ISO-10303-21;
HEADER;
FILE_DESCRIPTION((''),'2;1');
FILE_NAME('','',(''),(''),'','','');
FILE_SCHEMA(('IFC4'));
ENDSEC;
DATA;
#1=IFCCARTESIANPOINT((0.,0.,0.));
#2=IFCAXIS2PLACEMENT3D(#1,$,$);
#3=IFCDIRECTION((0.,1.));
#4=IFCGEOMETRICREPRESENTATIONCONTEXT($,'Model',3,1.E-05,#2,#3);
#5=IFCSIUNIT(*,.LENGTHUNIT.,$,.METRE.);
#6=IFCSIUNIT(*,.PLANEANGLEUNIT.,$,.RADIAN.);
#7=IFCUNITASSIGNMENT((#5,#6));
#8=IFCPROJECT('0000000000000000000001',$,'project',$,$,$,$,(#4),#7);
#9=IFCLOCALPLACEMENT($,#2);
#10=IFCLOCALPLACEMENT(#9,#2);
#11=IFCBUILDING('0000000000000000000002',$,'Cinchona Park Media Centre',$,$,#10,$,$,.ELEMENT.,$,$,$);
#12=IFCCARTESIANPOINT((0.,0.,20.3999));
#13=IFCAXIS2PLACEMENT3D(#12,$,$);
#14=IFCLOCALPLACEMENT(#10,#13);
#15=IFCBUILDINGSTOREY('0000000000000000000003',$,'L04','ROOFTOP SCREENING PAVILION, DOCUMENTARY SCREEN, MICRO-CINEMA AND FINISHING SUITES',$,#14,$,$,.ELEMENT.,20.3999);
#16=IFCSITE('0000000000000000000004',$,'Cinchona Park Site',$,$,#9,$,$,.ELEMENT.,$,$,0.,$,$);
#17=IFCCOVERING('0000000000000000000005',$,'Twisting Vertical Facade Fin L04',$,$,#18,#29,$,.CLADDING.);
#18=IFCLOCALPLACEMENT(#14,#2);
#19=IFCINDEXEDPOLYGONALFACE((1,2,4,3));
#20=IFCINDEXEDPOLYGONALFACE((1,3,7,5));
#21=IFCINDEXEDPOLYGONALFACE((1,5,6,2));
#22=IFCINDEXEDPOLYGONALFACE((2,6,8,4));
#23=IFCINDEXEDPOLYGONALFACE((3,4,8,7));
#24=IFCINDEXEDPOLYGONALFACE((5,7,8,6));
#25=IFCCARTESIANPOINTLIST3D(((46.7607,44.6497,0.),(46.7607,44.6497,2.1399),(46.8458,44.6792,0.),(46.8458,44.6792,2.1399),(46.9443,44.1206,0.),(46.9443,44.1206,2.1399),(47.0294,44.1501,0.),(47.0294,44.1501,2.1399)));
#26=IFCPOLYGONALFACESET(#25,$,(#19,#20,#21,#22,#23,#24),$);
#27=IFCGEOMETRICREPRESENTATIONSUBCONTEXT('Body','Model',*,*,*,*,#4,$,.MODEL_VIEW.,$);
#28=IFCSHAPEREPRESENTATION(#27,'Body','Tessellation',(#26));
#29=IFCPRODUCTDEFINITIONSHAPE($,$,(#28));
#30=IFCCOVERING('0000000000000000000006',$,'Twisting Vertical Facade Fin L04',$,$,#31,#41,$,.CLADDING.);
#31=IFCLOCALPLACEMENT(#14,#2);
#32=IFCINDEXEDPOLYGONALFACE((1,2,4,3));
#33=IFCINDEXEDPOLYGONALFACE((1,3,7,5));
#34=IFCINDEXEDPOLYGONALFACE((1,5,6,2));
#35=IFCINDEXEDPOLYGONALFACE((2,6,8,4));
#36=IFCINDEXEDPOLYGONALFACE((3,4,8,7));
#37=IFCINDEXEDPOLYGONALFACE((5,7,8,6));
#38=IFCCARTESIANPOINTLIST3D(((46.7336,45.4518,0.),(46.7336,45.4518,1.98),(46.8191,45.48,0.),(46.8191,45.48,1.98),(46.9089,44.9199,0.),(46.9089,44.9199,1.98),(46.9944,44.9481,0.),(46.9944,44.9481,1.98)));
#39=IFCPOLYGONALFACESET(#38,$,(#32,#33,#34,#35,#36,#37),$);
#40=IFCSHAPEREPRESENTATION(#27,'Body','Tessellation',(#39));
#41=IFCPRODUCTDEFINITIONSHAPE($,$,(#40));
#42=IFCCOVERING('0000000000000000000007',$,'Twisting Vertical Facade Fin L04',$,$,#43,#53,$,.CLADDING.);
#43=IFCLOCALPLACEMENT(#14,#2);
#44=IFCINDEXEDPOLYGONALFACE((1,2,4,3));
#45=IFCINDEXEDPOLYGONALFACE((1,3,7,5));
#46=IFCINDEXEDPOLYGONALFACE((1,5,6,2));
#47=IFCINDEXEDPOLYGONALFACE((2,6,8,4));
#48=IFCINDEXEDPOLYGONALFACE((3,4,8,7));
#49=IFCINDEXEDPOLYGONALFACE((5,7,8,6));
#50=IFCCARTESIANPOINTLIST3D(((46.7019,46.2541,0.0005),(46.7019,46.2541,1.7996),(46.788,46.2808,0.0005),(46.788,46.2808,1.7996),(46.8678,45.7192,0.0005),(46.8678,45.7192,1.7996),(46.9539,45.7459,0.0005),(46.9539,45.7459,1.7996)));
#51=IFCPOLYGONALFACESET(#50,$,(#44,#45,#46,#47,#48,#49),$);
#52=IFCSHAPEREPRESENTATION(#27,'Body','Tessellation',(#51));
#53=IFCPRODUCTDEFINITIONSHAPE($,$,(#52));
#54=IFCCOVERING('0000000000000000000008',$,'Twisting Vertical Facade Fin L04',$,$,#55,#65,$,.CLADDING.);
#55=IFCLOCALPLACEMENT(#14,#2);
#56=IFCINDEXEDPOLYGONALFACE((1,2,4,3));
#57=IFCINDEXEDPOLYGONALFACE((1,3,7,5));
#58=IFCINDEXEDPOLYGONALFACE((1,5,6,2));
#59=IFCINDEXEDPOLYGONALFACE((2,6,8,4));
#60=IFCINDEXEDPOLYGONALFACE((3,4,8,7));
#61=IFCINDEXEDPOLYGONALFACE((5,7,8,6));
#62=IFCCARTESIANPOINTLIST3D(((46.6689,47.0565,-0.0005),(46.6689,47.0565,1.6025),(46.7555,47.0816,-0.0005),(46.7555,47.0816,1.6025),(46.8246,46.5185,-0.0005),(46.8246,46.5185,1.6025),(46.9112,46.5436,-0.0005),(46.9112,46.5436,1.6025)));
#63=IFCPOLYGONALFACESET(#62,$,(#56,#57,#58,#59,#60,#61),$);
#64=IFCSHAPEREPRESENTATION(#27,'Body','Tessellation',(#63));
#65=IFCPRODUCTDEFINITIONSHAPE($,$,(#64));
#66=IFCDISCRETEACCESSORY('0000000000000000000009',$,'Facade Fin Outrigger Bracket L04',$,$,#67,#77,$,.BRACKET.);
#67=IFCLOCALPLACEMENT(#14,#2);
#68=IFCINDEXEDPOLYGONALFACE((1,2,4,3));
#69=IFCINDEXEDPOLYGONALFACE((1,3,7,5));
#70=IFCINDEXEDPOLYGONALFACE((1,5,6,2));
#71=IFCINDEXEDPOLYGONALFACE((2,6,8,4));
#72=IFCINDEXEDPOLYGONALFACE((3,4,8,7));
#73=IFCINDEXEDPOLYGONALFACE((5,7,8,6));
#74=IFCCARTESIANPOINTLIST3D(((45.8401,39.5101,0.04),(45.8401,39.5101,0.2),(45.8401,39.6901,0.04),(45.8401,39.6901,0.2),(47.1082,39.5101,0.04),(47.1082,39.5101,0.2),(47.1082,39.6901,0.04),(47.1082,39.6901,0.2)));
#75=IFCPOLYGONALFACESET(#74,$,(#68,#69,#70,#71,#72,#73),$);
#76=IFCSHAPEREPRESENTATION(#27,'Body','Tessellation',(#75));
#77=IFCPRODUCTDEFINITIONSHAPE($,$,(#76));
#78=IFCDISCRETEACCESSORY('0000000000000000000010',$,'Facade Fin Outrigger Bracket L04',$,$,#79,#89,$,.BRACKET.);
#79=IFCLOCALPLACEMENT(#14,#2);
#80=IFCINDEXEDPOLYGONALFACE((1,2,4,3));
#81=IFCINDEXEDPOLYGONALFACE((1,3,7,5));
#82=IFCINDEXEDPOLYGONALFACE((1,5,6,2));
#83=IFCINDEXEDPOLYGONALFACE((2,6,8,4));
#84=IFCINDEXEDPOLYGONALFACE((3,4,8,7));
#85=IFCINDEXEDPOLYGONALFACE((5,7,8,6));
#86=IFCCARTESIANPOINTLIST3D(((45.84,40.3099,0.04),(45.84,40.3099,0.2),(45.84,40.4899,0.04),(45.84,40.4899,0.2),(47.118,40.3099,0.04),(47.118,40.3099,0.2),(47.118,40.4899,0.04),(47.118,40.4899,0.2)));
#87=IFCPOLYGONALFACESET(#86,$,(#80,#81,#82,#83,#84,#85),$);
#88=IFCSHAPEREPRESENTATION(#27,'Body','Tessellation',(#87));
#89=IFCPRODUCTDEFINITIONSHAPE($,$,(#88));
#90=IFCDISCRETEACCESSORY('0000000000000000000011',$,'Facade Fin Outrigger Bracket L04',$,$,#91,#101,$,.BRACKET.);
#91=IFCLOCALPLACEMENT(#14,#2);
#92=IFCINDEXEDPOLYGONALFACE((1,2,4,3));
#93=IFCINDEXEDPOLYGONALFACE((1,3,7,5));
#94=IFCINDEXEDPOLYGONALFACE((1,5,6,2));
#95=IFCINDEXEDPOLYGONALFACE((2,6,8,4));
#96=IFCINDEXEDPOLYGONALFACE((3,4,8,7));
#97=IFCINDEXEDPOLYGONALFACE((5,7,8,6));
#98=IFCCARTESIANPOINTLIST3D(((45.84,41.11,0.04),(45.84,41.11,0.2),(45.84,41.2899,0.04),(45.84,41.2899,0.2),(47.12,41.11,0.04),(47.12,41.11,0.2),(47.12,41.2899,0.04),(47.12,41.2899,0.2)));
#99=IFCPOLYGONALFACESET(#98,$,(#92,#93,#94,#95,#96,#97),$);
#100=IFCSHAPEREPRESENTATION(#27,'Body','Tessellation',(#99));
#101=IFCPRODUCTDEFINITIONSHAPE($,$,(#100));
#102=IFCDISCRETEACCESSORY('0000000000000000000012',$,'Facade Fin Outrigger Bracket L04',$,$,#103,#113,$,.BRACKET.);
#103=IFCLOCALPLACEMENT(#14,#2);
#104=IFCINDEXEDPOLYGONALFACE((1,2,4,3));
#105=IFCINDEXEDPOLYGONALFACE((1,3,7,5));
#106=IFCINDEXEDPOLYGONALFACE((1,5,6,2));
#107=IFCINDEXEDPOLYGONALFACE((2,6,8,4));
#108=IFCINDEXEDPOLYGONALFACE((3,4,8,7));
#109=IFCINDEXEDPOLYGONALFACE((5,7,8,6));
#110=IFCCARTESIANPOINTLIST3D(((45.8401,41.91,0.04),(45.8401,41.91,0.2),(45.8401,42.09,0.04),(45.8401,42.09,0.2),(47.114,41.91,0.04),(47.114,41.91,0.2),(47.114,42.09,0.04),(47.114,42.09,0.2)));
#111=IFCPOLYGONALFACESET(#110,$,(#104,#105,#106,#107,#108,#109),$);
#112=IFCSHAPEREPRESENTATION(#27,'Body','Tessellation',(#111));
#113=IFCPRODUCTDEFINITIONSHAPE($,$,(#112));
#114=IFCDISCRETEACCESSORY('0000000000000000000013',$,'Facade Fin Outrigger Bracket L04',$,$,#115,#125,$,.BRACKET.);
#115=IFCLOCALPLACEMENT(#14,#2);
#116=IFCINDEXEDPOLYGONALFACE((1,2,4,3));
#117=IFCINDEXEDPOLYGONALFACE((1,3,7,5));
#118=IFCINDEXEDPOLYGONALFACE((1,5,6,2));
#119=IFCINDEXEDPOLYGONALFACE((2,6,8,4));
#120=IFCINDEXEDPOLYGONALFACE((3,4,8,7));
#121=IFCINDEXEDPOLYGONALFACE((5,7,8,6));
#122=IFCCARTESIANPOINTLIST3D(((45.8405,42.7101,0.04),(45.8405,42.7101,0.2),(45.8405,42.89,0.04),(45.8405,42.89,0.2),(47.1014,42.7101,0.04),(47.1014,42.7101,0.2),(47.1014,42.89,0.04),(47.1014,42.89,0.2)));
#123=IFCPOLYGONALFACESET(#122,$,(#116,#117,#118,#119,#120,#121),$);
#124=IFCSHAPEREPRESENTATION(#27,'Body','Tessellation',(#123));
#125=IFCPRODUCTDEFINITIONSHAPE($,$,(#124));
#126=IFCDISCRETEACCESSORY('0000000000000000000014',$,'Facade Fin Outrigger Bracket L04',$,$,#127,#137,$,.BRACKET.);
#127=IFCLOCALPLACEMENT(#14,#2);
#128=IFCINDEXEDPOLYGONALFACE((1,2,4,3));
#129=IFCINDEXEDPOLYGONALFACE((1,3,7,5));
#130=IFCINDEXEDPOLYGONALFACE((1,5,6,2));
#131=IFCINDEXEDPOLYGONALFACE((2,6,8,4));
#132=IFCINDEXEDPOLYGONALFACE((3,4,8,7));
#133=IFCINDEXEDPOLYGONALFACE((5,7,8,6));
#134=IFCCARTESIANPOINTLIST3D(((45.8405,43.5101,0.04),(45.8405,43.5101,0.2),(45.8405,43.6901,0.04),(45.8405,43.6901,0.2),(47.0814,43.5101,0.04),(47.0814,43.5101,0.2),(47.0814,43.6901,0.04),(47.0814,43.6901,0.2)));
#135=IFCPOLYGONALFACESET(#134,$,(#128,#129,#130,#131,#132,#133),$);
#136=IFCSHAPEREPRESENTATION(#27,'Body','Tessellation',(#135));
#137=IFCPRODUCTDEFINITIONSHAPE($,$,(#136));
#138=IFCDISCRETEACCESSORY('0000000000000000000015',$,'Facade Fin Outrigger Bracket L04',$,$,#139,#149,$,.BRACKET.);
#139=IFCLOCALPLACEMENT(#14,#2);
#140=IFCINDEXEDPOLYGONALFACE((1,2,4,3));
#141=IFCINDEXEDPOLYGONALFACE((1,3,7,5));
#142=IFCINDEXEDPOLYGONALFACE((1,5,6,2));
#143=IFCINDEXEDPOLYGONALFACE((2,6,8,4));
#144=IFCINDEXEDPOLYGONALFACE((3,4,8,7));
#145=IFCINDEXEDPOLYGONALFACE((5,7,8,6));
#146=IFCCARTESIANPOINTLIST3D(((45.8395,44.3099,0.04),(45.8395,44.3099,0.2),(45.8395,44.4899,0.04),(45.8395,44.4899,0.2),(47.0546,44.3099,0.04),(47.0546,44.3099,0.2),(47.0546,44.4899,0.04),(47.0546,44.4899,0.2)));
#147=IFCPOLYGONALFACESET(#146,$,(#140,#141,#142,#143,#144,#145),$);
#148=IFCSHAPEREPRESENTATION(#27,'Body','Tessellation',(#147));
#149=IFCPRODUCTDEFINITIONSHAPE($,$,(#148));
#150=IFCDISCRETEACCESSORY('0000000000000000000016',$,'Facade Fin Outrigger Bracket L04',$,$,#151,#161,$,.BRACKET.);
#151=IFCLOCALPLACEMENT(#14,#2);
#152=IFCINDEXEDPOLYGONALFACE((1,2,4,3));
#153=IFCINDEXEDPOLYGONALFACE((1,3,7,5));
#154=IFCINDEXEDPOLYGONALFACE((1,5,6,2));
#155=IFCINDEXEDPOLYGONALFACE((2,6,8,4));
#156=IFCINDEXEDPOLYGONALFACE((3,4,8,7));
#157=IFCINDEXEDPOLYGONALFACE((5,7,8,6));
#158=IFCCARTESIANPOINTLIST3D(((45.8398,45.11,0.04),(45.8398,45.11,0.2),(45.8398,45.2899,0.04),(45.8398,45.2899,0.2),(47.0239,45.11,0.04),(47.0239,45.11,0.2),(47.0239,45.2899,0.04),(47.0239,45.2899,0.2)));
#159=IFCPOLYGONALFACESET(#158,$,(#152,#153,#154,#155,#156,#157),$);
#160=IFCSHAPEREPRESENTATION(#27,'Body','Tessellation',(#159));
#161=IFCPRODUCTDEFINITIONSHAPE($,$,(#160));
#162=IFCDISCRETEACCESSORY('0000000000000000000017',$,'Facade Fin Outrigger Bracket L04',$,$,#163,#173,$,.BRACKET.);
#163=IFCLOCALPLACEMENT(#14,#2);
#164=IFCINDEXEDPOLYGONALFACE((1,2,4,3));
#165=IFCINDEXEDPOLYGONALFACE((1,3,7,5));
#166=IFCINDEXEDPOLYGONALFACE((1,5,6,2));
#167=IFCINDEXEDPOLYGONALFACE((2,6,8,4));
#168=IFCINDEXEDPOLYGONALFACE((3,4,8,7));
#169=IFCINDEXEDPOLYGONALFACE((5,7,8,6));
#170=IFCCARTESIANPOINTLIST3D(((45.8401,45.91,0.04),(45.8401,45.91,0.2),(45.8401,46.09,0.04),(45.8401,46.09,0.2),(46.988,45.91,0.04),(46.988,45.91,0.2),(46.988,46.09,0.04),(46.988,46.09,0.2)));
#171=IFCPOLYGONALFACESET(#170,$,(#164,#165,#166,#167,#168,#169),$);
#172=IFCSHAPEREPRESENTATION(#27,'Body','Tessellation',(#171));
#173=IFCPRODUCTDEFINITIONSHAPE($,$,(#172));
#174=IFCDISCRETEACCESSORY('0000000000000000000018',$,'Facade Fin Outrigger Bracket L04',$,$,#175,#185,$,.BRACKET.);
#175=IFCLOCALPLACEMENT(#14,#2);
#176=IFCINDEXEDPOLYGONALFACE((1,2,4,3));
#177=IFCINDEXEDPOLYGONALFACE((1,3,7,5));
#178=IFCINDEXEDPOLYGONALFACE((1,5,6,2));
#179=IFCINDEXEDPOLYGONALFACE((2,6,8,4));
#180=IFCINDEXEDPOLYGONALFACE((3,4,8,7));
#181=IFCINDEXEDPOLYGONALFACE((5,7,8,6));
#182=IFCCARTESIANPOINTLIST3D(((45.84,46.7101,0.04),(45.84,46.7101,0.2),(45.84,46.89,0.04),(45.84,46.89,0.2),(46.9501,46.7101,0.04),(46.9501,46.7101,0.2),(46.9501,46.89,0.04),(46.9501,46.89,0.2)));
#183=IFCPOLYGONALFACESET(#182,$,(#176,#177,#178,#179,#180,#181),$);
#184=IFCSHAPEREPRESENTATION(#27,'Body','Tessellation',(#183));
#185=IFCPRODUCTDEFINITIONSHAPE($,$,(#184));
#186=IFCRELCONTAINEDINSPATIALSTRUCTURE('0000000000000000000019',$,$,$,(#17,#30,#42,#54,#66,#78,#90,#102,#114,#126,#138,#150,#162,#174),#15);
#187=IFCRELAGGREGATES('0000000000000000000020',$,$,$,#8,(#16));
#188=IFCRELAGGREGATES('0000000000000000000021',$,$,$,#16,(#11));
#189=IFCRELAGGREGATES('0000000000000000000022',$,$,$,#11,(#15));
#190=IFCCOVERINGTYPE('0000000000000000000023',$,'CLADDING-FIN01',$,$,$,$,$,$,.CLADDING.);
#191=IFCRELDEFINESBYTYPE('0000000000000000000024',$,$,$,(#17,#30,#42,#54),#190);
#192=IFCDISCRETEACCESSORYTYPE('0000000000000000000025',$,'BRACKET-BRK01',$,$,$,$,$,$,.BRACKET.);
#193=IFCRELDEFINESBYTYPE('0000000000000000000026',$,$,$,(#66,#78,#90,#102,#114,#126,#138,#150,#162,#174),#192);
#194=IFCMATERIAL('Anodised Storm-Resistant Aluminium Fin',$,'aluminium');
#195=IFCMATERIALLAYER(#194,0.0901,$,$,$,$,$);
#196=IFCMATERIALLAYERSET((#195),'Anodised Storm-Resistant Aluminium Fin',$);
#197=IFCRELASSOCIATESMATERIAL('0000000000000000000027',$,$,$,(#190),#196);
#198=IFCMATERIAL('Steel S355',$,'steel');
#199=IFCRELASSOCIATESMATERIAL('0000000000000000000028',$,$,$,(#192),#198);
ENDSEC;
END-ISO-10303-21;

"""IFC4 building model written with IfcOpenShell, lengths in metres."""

from ifc_helpers import new_model, si_unit, direction, frame, origin, origin_2d, place, context, subcontext, project, spatial, rectangle, extrude, material, layer, layer_set, type_object, element, save


model = new_model("IFC4")

# Units and contexts
model_context = context("Model", 3, precision=1e-05, world=origin(), true_north=direction((0.0, 1.0)))
body_context = subcontext(model_context, "Body", "Model", "MODEL_VIEW")
ifc_project = project(units=[si_unit("LENGTHUNIT", "METRE"), si_unit("PLANEANGLEUNIT", "RADIAN")], contexts=[model_context])

# Site, building, storey
site_placement = place(None, origin())
site = spatial("IfcSite", under=ifc_project, at=site_placement, Name="Cinchona Park Site", CompositionType="ELEMENT", RefElevation=0.0)
building_placement = place(site_placement, origin())
building = spatial("IfcBuilding", under=site, at=building_placement, Name="Cinchona Park Media Centre", CompositionType="ELEMENT")
storey_placement = place(building_placement, frame((0.0, 0.0, 20.3999)))
storey = spatial("IfcBuildingStorey", under=building, at=storey_placement, Name="L04", Description="ROOFTOP SCREENING PAVILION, DOCUMENTARY SCREEN, MICRO-CINEMA AND FINISHING SUITES", CompositionType="ELEMENT", Elevation=20.3999)

# Coverings
ifc_material_1 = material(Name="Anodised Storm-Resistant Aluminium Fin", Category="aluminium")
ifc_layer_1 = layer(ifc_material_1, 0.0901)
ifc_layer_set_1 = layer_set([ifc_layer_1], Name="Anodised Storm-Resistant Aluminium Fin")
covering_type = type_object("IfcCoveringType", Name="CLADDING-FIN01", PredefinedType="CLADDING", material=ifc_layer_set_1)
covering_1_placement = place(storey_placement, frame((46.895, 44.3999, 0.0), z_axis=(0.0, 0.0, 1.0), x_axis=(-0.327878, 0.94472, 0.0)))
element("IfcCovering", 1, at=covering_1_placement, inside=storey, type_object=covering_type, Name="Twisting Vertical Facade Fin L04", PredefinedType="CLADDING", context=body_context, shape_type="SweptSolid", body=[
    extrude(rectangle(XDim=0.5601, YDim=0.0901, at=origin_2d()), origin(), (0.0, 0.0, 1.0), 2.1399),
])
covering_2_placement = place(storey_placement, frame((46.864, 45.2, 0.0), z_axis=(0.0, 0.0, 1.0), x_axis=(-0.312998, 0.949754, 0.0)))
element("IfcCovering", 2, at=covering_2_placement, inside=storey, type_object=covering_type, Name="Twisting Vertical Facade Fin L04", PredefinedType="CLADDING", context=body_context, shape_type="SweptSolid", body=[
    extrude(rectangle(XDim=0.5601, YDim=0.0901, at=origin_2d()), origin(), (0.0, 0.0, 1.0), 1.98),
])
covering_3_placement = place(storey_placement, frame((46.8279, 46.0, 0.0005), z_axis=(0.0, 0.0, 1.0), x_axis=(-0.296208, 0.955123, 0.0)))
element("IfcCovering", 3, at=covering_3_placement, inside=storey, type_object=covering_type, Name="Twisting Vertical Facade Fin L04", PredefinedType="CLADDING", context=body_context, shape_type="SweptSolid", body=[
    extrude(rectangle(XDim=0.5601, YDim=0.0901, at=origin_2d()), origin(), (0.0, 0.0, 1.0), 1.7991),
])
covering_4_placement = place(storey_placement, frame((46.79, 46.8, -0.0005), z_axis=(0.0, 0.0, 1.0), x_axis=(-0.277985, 0.960585, 0.0)))
element("IfcCovering", 4, at=covering_4_placement, inside=storey, type_object=covering_type, Name="Twisting Vertical Facade Fin L04", PredefinedType="CLADDING", context=body_context, shape_type="SweptSolid", body=[
    extrude(rectangle(XDim=0.5601, YDim=0.0901, at=origin_2d()), origin(), (0.0, 0.0, 1.0), 1.603),
])

# Discrete accessories
ifc_material_2 = material(Name="Steel S355", Category="steel")
discrete_accessory_type = type_object("IfcDiscreteAccessoryType", Name="BRACKET-BRK01", PredefinedType="BRACKET", material=ifc_material_2)
discrete_accessory_1_placement = place(storey_placement, frame((46.4741, 39.6001, 0.04), z_axis=(0.0, 0.0, 1.0), x_axis=(0.0, 1.0, 0.0)))
element("IfcDiscreteAccessory", 5, at=discrete_accessory_1_placement, inside=storey, type_object=discrete_accessory_type, Name="Facade Fin Outrigger Bracket L04", PredefinedType="BRACKET", context=body_context, shape_type="SweptSolid", body=[
    extrude(rectangle(XDim=0.1799, YDim=1.2681, at=origin_2d()), origin(), (0.0, 0.0, 1.0), 0.1599),
])
discrete_accessory_2_placement = place(storey_placement, frame((46.479, 40.3999, 0.04), z_axis=(0.0, 0.0, 1.0), x_axis=(0.0, 1.0, 0.0)))
element("IfcDiscreteAccessory", 6, at=discrete_accessory_2_placement, inside=storey, type_object=discrete_accessory_type, Name="Facade Fin Outrigger Bracket L04", PredefinedType="BRACKET", context=body_context, shape_type="SweptSolid", body=[
    extrude(rectangle(XDim=0.1799, YDim=1.2781, at=origin_2d()), origin(), (0.0, 0.0, 1.0), 0.1599),
])
discrete_accessory_3_placement = place(storey_placement, frame((46.48, 41.2, 0.04), z_axis=(0.0, 0.0, 1.0), x_axis=(0.0, 1.0, 0.0)))
element("IfcDiscreteAccessory", 7, at=discrete_accessory_3_placement, inside=storey, type_object=discrete_accessory_type, Name="Facade Fin Outrigger Bracket L04", PredefinedType="BRACKET", context=body_context, shape_type="SweptSolid", body=[
    extrude(rectangle(XDim=0.1799, YDim=1.28, at=origin_2d()), origin(), (0.0, 0.0, 1.0), 0.1599),
])
discrete_accessory_4_placement = place(storey_placement, frame((46.4771, 42.0, 0.04), z_axis=(0.0, 0.0, 1.0), x_axis=(0.0, 1.0, 0.0)))
element("IfcDiscreteAccessory", 8, at=discrete_accessory_4_placement, inside=storey, type_object=discrete_accessory_type, Name="Facade Fin Outrigger Bracket L04", PredefinedType="BRACKET", context=body_context, shape_type="SweptSolid", body=[
    extrude(rectangle(XDim=0.1799, YDim=1.2739, at=origin_2d()), origin(), (0.0, 0.0, 1.0), 0.1599),
])
discrete_accessory_5_placement = place(storey_placement, frame((46.4709, 42.8, 0.04), z_axis=(0.0, 0.0, 1.0), x_axis=(0.0, 1.0, 0.0)))
element("IfcDiscreteAccessory", 9, at=discrete_accessory_5_placement, inside=storey, type_object=discrete_accessory_type, Name="Facade Fin Outrigger Bracket L04", PredefinedType="BRACKET", context=body_context, shape_type="SweptSolid", body=[
    extrude(rectangle(XDim=0.1799, YDim=1.261, at=origin_2d()), origin(), (0.0, 0.0, 1.0), 0.1599),
])
discrete_accessory_6_placement = place(storey_placement, frame((46.4609, 43.6001, 0.04), z_axis=(0.0, 0.0, 1.0), x_axis=(0.0, 1.0, 0.0)))
element("IfcDiscreteAccessory", 10, at=discrete_accessory_6_placement, inside=storey, type_object=discrete_accessory_type, Name="Facade Fin Outrigger Bracket L04", PredefinedType="BRACKET", context=body_context, shape_type="SweptSolid", body=[
    extrude(rectangle(XDim=0.1799, YDim=1.241, at=origin_2d()), origin(), (0.0, 0.0, 1.0), 0.1599),
])
discrete_accessory_7_placement = place(storey_placement, frame((46.447, 44.3999, 0.04), z_axis=(0.0, 0.0, 1.0), x_axis=(0.0, 1.0, 0.0)))
element("IfcDiscreteAccessory", 11, at=discrete_accessory_7_placement, inside=storey, type_object=discrete_accessory_type, Name="Facade Fin Outrigger Bracket L04", PredefinedType="BRACKET", context=body_context, shape_type="SweptSolid", body=[
    extrude(rectangle(XDim=0.1799, YDim=1.2151, at=origin_2d()), origin(), (0.0, 0.0, 1.0), 0.1599),
])
discrete_accessory_8_placement = place(storey_placement, frame((46.4319, 45.2, 0.04), z_axis=(0.0, 0.0, 1.0), x_axis=(0.0, 1.0, 0.0)))
element("IfcDiscreteAccessory", 12, at=discrete_accessory_8_placement, inside=storey, type_object=discrete_accessory_type, Name="Facade Fin Outrigger Bracket L04", PredefinedType="BRACKET", context=body_context, shape_type="SweptSolid", body=[
    extrude(rectangle(XDim=0.1799, YDim=1.1841, at=origin_2d()), origin(), (0.0, 0.0, 1.0), 0.1599),
])
discrete_accessory_9_placement = place(storey_placement, frame((46.4141, 46.0, 0.04), z_axis=(0.0, 0.0, 1.0), x_axis=(0.0, 1.0, 0.0)))
element("IfcDiscreteAccessory", 13, at=discrete_accessory_9_placement, inside=storey, type_object=discrete_accessory_type, Name="Facade Fin Outrigger Bracket L04", PredefinedType="BRACKET", context=body_context, shape_type="SweptSolid", body=[
    extrude(rectangle(XDim=0.1799, YDim=1.1479, at=origin_2d()), origin(), (0.0, 0.0, 1.0), 0.1599),
])
discrete_accessory_10_placement = place(storey_placement, frame((46.395, 46.8, 0.04), z_axis=(0.0, 0.0, 1.0), x_axis=(0.0, 1.0, 0.0)))
element("IfcDiscreteAccessory", 14, at=discrete_accessory_10_placement, inside=storey, type_object=discrete_accessory_type, Name="Facade Fin Outrigger Bracket L04", PredefinedType="BRACKET", context=body_context, shape_type="SweptSolid", body=[
    extrude(rectangle(XDim=0.1799, YDim=1.1101, at=origin_2d()), origin(), (0.0, 0.0, 1.0), 0.1599),
])

save(model, "model.ifc")
